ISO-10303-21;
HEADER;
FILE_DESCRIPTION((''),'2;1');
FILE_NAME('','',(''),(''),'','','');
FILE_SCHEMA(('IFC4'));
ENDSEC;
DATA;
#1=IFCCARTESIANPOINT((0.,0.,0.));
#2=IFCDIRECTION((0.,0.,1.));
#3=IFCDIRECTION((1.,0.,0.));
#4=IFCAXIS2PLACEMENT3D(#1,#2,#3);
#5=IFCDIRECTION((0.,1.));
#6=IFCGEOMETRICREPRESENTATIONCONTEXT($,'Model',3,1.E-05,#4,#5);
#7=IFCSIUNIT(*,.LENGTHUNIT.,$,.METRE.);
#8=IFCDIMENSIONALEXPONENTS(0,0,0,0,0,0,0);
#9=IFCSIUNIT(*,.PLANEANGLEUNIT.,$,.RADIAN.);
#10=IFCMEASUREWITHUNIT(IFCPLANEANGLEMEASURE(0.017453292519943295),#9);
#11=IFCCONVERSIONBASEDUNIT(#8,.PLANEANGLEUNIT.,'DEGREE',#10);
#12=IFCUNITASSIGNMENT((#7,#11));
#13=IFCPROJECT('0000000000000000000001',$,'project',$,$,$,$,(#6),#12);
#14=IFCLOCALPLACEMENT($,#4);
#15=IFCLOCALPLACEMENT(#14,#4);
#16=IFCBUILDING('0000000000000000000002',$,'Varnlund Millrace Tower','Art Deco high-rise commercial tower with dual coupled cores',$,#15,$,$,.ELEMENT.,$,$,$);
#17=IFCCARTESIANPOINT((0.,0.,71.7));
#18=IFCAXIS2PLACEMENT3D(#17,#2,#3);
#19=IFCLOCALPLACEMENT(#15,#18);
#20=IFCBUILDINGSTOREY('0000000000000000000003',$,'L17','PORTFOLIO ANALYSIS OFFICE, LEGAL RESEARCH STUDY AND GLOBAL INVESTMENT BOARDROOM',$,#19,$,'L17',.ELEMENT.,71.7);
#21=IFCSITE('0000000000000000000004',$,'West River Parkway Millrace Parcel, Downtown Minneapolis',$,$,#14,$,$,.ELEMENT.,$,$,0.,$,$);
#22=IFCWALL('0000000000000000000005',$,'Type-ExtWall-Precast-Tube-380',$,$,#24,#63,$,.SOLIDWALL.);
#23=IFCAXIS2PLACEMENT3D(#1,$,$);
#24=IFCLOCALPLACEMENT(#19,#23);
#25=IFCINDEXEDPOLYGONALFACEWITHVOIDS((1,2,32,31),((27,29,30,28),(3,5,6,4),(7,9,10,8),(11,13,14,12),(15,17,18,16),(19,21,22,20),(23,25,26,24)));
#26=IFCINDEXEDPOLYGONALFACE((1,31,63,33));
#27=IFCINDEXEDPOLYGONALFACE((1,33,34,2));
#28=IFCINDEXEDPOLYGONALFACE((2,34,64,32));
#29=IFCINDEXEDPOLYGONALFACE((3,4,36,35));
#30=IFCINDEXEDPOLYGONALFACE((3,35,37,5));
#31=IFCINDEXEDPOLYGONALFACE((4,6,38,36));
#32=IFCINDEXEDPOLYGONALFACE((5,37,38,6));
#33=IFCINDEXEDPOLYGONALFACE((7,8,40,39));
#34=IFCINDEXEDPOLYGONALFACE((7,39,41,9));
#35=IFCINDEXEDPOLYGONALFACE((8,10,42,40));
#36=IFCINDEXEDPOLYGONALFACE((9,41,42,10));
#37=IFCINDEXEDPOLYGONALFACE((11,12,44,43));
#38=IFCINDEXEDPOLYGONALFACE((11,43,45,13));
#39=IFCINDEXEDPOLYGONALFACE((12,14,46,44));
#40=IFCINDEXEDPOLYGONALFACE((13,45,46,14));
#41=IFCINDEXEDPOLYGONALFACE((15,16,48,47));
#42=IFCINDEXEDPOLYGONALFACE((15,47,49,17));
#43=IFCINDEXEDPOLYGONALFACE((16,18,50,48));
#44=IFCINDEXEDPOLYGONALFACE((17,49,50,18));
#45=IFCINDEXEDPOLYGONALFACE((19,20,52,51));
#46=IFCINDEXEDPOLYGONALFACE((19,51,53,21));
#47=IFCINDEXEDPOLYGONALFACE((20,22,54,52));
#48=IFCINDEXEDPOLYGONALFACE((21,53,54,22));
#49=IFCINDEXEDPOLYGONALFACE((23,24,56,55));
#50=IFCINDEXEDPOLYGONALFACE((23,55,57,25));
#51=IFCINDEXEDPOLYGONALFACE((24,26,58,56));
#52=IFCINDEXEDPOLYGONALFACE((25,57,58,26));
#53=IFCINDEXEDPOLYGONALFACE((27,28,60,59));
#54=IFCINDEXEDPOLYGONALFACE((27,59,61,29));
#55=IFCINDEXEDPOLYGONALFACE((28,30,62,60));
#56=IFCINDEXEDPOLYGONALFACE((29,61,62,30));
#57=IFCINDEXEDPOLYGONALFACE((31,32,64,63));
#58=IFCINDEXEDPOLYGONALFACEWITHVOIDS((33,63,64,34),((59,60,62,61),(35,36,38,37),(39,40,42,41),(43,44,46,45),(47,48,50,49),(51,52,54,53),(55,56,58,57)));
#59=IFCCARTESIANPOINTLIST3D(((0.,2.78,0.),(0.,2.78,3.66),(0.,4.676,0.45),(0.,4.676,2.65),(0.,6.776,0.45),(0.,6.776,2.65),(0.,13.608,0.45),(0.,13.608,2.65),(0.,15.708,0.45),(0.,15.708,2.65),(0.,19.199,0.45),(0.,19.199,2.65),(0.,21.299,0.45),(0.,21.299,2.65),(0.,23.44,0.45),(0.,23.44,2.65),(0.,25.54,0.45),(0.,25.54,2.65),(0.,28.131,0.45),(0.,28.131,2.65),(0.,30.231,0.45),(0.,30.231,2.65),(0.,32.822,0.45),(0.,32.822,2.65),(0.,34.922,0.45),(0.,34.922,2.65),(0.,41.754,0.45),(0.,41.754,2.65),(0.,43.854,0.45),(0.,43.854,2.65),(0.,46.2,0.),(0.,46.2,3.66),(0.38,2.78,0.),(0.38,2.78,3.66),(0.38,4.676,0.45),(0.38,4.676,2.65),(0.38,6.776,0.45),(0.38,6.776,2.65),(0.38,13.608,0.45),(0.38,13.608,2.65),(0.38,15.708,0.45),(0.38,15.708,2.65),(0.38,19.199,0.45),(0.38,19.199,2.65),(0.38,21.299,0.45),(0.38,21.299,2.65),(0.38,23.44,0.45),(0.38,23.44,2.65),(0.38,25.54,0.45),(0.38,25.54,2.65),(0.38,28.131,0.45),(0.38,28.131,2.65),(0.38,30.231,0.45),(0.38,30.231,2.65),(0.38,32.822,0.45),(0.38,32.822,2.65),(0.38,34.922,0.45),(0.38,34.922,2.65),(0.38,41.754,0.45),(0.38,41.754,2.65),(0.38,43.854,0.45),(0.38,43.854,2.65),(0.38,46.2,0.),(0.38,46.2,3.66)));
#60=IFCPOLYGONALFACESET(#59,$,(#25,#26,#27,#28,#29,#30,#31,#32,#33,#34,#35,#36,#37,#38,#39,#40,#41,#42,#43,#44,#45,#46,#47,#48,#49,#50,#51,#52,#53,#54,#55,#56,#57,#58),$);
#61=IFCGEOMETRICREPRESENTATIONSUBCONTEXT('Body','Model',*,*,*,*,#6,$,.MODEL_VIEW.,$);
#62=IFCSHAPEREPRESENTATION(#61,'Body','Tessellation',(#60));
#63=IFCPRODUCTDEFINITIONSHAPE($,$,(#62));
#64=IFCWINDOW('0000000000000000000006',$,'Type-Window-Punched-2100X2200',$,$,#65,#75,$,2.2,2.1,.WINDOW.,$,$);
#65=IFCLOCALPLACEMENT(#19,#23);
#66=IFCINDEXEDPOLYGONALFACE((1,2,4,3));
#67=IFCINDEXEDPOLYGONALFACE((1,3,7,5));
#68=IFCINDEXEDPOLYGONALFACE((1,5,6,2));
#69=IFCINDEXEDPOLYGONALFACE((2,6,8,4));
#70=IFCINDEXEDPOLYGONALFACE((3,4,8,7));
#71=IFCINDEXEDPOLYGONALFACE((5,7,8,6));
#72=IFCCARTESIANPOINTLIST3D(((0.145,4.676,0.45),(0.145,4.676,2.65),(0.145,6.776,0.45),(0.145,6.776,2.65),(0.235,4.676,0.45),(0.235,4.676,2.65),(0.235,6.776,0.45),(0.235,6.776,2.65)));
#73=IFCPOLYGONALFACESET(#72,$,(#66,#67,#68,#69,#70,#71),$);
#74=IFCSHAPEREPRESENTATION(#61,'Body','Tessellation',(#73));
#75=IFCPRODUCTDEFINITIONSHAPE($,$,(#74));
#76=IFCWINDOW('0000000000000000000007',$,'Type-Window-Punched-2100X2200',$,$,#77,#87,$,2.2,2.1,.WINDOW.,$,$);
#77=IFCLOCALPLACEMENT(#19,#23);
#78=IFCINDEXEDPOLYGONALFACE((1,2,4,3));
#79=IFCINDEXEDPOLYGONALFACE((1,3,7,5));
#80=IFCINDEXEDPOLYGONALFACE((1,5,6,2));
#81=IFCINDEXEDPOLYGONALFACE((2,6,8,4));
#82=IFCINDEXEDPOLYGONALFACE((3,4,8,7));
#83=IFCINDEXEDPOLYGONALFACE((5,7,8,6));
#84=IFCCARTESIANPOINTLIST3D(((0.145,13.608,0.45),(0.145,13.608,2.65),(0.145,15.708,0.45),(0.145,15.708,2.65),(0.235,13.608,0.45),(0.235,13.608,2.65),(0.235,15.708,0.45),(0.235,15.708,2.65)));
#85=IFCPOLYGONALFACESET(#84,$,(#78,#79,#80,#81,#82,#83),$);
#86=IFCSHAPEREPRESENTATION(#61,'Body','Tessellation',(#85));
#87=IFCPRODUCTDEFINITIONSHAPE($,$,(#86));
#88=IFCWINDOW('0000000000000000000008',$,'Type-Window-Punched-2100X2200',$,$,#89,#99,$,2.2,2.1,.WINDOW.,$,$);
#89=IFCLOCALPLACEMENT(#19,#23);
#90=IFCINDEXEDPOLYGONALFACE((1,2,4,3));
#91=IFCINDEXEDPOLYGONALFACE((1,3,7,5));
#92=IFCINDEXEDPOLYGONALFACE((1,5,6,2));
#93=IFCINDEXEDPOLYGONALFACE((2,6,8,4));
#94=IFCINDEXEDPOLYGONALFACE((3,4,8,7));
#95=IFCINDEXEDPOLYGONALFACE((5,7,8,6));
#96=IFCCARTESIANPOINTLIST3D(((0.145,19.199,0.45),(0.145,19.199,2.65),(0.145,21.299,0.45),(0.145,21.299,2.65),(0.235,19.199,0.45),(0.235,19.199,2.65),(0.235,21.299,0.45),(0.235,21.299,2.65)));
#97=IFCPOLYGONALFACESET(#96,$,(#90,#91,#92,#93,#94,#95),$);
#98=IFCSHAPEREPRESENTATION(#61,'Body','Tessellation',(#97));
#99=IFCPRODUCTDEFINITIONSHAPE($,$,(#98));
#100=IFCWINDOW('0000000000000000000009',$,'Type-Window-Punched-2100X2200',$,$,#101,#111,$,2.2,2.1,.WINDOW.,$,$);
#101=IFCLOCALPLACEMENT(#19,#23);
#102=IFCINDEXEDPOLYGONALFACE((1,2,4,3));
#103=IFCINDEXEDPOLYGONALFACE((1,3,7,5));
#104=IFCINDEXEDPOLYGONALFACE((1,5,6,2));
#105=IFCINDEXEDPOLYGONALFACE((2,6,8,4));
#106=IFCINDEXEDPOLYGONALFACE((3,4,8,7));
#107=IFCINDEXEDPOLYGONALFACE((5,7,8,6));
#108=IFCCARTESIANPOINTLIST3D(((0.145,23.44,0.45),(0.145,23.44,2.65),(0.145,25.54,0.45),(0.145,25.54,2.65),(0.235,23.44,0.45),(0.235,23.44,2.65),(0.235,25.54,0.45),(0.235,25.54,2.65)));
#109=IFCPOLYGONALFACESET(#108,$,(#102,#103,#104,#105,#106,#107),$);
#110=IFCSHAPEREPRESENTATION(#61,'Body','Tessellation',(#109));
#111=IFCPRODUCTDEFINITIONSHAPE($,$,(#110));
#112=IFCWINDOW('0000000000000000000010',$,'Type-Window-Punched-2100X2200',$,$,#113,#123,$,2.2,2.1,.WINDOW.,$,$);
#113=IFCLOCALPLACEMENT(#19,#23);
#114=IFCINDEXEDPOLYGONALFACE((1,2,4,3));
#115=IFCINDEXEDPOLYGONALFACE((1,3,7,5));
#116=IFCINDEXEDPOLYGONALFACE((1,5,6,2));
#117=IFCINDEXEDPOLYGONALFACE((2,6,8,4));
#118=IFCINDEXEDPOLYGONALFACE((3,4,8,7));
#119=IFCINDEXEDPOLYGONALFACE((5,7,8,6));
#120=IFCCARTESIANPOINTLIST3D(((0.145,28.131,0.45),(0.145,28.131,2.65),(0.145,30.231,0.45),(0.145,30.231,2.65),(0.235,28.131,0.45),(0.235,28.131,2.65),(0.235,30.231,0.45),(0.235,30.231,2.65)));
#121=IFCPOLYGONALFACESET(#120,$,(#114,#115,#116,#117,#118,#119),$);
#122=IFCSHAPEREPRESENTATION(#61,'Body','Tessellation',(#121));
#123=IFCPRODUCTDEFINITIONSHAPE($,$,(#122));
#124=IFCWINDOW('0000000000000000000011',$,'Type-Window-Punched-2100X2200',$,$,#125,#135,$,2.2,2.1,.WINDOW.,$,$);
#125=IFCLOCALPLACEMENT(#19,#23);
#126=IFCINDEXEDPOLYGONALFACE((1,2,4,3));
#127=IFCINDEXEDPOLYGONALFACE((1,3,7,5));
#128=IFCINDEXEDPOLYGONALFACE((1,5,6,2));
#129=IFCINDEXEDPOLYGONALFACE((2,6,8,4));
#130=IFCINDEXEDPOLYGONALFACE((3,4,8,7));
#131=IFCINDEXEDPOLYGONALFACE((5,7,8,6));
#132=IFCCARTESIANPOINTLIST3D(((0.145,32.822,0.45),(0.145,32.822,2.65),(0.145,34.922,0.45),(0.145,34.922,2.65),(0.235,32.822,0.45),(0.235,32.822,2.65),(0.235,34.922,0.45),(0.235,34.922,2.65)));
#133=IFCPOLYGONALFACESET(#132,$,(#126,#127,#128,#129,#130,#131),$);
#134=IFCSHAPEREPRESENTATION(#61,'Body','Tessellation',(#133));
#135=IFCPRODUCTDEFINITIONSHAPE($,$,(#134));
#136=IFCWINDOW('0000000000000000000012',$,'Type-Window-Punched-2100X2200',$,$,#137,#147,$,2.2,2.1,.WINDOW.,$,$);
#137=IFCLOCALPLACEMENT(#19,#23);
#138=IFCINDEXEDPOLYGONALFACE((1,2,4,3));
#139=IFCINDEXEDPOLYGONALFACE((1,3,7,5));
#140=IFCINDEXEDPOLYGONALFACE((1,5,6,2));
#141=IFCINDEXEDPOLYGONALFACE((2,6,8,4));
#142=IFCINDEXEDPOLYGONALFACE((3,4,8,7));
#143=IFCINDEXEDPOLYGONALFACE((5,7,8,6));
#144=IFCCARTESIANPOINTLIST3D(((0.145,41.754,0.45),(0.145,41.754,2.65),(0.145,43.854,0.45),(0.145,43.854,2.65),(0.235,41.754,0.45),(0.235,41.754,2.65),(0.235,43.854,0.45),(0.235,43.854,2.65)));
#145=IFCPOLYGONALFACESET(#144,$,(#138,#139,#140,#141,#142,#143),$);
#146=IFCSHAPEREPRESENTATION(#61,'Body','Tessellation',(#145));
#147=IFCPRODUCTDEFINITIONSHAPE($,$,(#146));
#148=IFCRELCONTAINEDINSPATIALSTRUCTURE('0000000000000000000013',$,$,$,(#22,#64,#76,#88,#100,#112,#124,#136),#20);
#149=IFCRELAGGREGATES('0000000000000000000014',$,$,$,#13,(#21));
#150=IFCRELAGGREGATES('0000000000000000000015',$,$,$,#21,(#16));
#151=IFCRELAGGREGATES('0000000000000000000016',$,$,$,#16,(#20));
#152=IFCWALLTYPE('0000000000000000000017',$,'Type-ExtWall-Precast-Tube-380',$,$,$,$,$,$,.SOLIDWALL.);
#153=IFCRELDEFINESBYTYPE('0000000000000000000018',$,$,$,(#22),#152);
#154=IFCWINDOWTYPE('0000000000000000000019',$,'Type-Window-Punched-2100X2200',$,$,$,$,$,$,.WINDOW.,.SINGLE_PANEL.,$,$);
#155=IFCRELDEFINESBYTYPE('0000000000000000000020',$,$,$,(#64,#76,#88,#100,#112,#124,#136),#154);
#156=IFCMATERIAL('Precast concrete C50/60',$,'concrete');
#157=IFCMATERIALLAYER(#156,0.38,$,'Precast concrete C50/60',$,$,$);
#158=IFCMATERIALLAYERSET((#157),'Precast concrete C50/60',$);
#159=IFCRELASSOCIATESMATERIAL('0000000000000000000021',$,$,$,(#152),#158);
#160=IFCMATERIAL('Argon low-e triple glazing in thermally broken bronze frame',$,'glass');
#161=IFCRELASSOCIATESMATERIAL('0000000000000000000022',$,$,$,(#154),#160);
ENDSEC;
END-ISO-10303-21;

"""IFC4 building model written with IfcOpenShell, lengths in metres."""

from ifc_helpers import new_model, entity, si_unit, converted_unit, direction, frame, origin_with_axes, origin_2d_with_axis, place, context, subcontext, project, spatial, polyline, rectangle, outline, extrude, material, layer, layer_set, type_object, element, fill, save


model = new_model("IFC4")

# Units and contexts
model_context = context("Model", 3, precision=1e-05, world=origin_with_axes(), true_north=direction((0.0, 1.0)))
body_context = subcontext(model_context, "Body", "Model", "MODEL_VIEW")
ifc_project = project(units=[si_unit("LENGTHUNIT", "METRE"), converted_unit("PLANEANGLEUNIT", "DEGREE", entity("IfcPlaneAngleMeasure", 0.017453292519943295), si_unit("PLANEANGLEUNIT", "RADIAN"), dimensions=[0, 0, 0, 0, 0, 0, 0])], contexts=[model_context])

# Site, building, storey
site_placement = place(None, origin_with_axes())
site = spatial("IfcSite", under=ifc_project, at=site_placement, Name="West River Parkway Millrace Parcel, Downtown Minneapolis", CompositionType="ELEMENT", RefElevation=0.0)
building_placement = place(site_placement, origin_with_axes())
building = spatial("IfcBuilding", under=site, at=building_placement, Name="Varnlund Millrace Tower", Description="Art Deco high-rise commercial tower with dual coupled cores", CompositionType="ELEMENT")
storey_placement = place(building_placement, frame((0.0, 0.0, 71.7), z_axis=(0.0, 0.0, 1.0), x_axis=(1.0, 0.0, 0.0)))
storey = spatial("IfcBuildingStorey", under=building, at=storey_placement, Name="L17", Description="PORTFOLIO ANALYSIS OFFICE, LEGAL RESEARCH STUDY AND GLOBAL INVESTMENT BOARDROOM", LongName="L17", CompositionType="ELEMENT", Elevation=71.7)

# Shared definitions
ifc_material_1 = material(Name="Precast concrete C50/60", Category="concrete")
ifc_layer_1 = layer(ifc_material_1, 0.38, Name="Precast concrete C50/60")
ifc_layer_set_1 = layer_set([ifc_layer_1], Name="Precast concrete C50/60")
wall_type = type_object("IfcWallType", Name="Type-ExtWall-Precast-Tube-380", PredefinedType="SOLIDWALL", material=ifc_layer_set_1)

# Wall, openings, windows
wall_1_placement = place(storey_placement, frame((0.19, 2.78, 0.0), z_axis=(0.0, 0.0, 1.0), x_axis=(0.0, 1.0, 0.0)))
wall_1 = element("IfcWall", 1, at=wall_1_placement, inside=storey, type_object=wall_type, Name="Type-ExtWall-Precast-Tube-380", PredefinedType="SOLIDWALL", context=body_context, shape_type="SweptSolid", body=[
    extrude(outline(polyline([(0.0, -0.19), (43.42, -0.19), (43.42, 0.19), (0.0, 0.19), (0.0, -0.19)])), origin_with_axes(), (0.0, 0.0, 1.0), 3.66),
])
opening_1_placement = place(wall_1_placement, frame((2.946, 0.0, 0.45), z_axis=(0.0, 0.0, 1.0), x_axis=(1.0, 0.0, 0.0)))
opening_1 = element("IfcOpeningElement", 2, at=opening_1_placement, cuts=wall_1, PredefinedType="OPENING", context=body_context, shape_type="SweptSolid", body=[
    extrude(rectangle(XDim=2.1, YDim=0.4, at=origin_2d_with_axis()), origin_with_axes(), (0.0, 0.0, 1.0), 2.2),
])
opening_2_placement = place(wall_1_placement, frame((11.878, 0.0, 0.45), z_axis=(0.0, 0.0, 1.0), x_axis=(1.0, 0.0, 0.0)))
opening_2 = element("IfcOpeningElement", 3, at=opening_2_placement, cuts=wall_1, PredefinedType="OPENING", context=body_context, shape_type="SweptSolid", body=[
    extrude(rectangle(XDim=2.1, YDim=0.4, at=origin_2d_with_axis()), origin_with_axes(), (0.0, 0.0, 1.0), 2.2),
])
opening_3_placement = place(wall_1_placement, frame((17.469, 0.0, 0.45), z_axis=(0.0, 0.0, 1.0), x_axis=(1.0, 0.0, 0.0)))
opening_3 = element("IfcOpeningElement", 4, at=opening_3_placement, cuts=wall_1, PredefinedType="OPENING", context=body_context, shape_type="SweptSolid", body=[
    extrude(rectangle(XDim=2.1, YDim=0.4, at=origin_2d_with_axis()), origin_with_axes(), (0.0, 0.0, 1.0), 2.2),
])
opening_4_placement = place(wall_1_placement, frame((21.71, 0.0, 0.45), z_axis=(0.0, 0.0, 1.0), x_axis=(1.0, 0.0, 0.0)))
opening_4 = element("IfcOpeningElement", 5, at=opening_4_placement, cuts=wall_1, PredefinedType="OPENING", context=body_context, shape_type="SweptSolid", body=[
    extrude(rectangle(XDim=2.1, YDim=0.4, at=origin_2d_with_axis()), origin_with_axes(), (0.0, 0.0, 1.0), 2.2),
])
opening_5_placement = place(wall_1_placement, frame((26.401, 0.0, 0.45), z_axis=(0.0, 0.0, 1.0), x_axis=(1.0, 0.0, 0.0)))
opening_5 = element("IfcOpeningElement", 6, at=opening_5_placement, cuts=wall_1, PredefinedType="OPENING", context=body_context, shape_type="SweptSolid", body=[
    extrude(rectangle(XDim=2.1, YDim=0.4, at=origin_2d_with_axis()), origin_with_axes(), (0.0, 0.0, 1.0), 2.2),
])
opening_6_placement = place(wall_1_placement, frame((31.092, 0.0, 0.45), z_axis=(0.0, 0.0, 1.0), x_axis=(1.0, 0.0, 0.0)))
opening_6 = element("IfcOpeningElement", 7, at=opening_6_placement, cuts=wall_1, PredefinedType="OPENING", context=body_context, shape_type="SweptSolid", body=[
    extrude(rectangle(XDim=2.1, YDim=0.4, at=origin_2d_with_axis()), origin_with_axes(), (0.0, 0.0, 1.0), 2.2),
])
opening_7_placement = place(wall_1_placement, frame((40.024, 0.0, 0.45), z_axis=(0.0, 0.0, 1.0), x_axis=(1.0, 0.0, 0.0)))
opening_7 = element("IfcOpeningElement", 8, at=opening_7_placement, cuts=wall_1, PredefinedType="OPENING", context=body_context, shape_type="SweptSolid", body=[
    extrude(rectangle(XDim=2.1, YDim=0.4, at=origin_2d_with_axis()), origin_with_axes(), (0.0, 0.0, 1.0), 2.2),
])
ifc_material_2 = material(Name="Argon low-e triple glazing in thermally broken bronze frame", Category="glass")
window_type = type_object("IfcWindowType", Name="Type-Window-Punched-2100X2200", PartitioningType="SINGLE_PANEL", PredefinedType="WINDOW", material=ifc_material_2)
window_1_placement = place(wall_1_placement, frame((2.946, 0.0, 0.45), z_axis=(0.0, 0.0, 1.0), x_axis=(1.0, 0.0, 0.0)))
window_1 = element("IfcWindow", 9, at=window_1_placement, inside=storey, type_object=window_type, Name="Type-Window-Punched-2100X2200", OverallHeight=2.2, OverallWidth=2.1, PredefinedType="WINDOW", context=body_context, shape_type="SweptSolid", body=[
    extrude(rectangle(XDim=2.1, YDim=0.09, at=origin_2d_with_axis()), origin_with_axes(), (0.0, 0.0, 1.0), 2.2),
])
fill(opening_1, window_1)
window_2_placement = place(wall_1_placement, frame((11.878, 0.0, 0.45), z_axis=(0.0, 0.0, 1.0), x_axis=(1.0, 0.0, 0.0)))
window_2 = element("IfcWindow", 10, at=window_2_placement, inside=storey, type_object=window_type, Name="Type-Window-Punched-2100X2200", OverallHeight=2.2, OverallWidth=2.1, PredefinedType="WINDOW", context=body_context, shape_type="SweptSolid", body=[
    extrude(rectangle(XDim=2.1, YDim=0.09, at=origin_2d_with_axis()), origin_with_axes(), (0.0, 0.0, 1.0), 2.2),
])
fill(opening_2, window_2)
window_3_placement = place(wall_1_placement, frame((17.469, 0.0, 0.45), z_axis=(0.0, 0.0, 1.0), x_axis=(1.0, 0.0, 0.0)))
window_3 = element("IfcWindow", 11, at=window_3_placement, inside=storey, type_object=window_type, Name="Type-Window-Punched-2100X2200", OverallHeight=2.2, OverallWidth=2.1, PredefinedType="WINDOW", context=body_context, shape_type="SweptSolid", body=[
    extrude(rectangle(XDim=2.1, YDim=0.09, at=origin_2d_with_axis()), origin_with_axes(), (0.0, 0.0, 1.0), 2.2),
])
fill(opening_3, window_3)
window_4_placement = place(wall_1_placement, frame((21.71, 0.0, 0.45), z_axis=(0.0, 0.0, 1.0), x_axis=(1.0, 0.0, 0.0)))
window_4 = element("IfcWindow", 12, at=window_4_placement, inside=storey, type_object=window_type, Name="Type-Window-Punched-2100X2200", OverallHeight=2.2, OverallWidth=2.1, PredefinedType="WINDOW", context=body_context, shape_type="SweptSolid", body=[
    extrude(rectangle(XDim=2.1, YDim=0.09, at=origin_2d_with_axis()), origin_with_axes(), (0.0, 0.0, 1.0), 2.2),
])
fill(opening_4, window_4)
window_5_placement = place(wall_1_placement, frame((26.401, 0.0, 0.45), z_axis=(0.0, 0.0, 1.0), x_axis=(1.0, 0.0, 0.0)))
window_5 = element("IfcWindow", 13, at=window_5_placement, inside=storey, type_object=window_type, Name="Type-Window-Punched-2100X2200", OverallHeight=2.2, OverallWidth=2.1, PredefinedType="WINDOW", context=body_context, shape_type="SweptSolid", body=[
    extrude(rectangle(XDim=2.1, YDim=0.09, at=origin_2d_with_axis()), origin_with_axes(), (0.0, 0.0, 1.0), 2.2),
])
fill(opening_5, window_5)
window_6_placement = place(wall_1_placement, frame((31.092, 0.0, 0.45), z_axis=(0.0, 0.0, 1.0), x_axis=(1.0, 0.0, 0.0)))
window_6 = element("IfcWindow", 14, at=window_6_placement, inside=storey, type_object=window_type, Name="Type-Window-Punched-2100X2200", OverallHeight=2.2, OverallWidth=2.1, PredefinedType="WINDOW", context=body_context, shape_type="SweptSolid", body=[
    extrude(rectangle(XDim=2.1, YDim=0.09, at=origin_2d_with_axis()), origin_with_axes(), (0.0, 0.0, 1.0), 2.2),
])
fill(opening_6, window_6)
window_7_placement = place(wall_1_placement, frame((40.024, 0.0, 0.45), z_axis=(0.0, 0.0, 1.0), x_axis=(1.0, 0.0, 0.0)))
window_7 = element("IfcWindow", 15, at=window_7_placement, inside=storey, type_object=window_type, Name="Type-Window-Punched-2100X2200", OverallHeight=2.2, OverallWidth=2.1, PredefinedType="WINDOW", context=body_context, shape_type="SweptSolid", body=[
    extrude(rectangle(XDim=2.1, YDim=0.09, at=origin_2d_with_axis()), origin_with_axes(), (0.0, 0.0, 1.0), 2.2),
])
fill(opening_7, window_7)

save(model, "model.ifc")
